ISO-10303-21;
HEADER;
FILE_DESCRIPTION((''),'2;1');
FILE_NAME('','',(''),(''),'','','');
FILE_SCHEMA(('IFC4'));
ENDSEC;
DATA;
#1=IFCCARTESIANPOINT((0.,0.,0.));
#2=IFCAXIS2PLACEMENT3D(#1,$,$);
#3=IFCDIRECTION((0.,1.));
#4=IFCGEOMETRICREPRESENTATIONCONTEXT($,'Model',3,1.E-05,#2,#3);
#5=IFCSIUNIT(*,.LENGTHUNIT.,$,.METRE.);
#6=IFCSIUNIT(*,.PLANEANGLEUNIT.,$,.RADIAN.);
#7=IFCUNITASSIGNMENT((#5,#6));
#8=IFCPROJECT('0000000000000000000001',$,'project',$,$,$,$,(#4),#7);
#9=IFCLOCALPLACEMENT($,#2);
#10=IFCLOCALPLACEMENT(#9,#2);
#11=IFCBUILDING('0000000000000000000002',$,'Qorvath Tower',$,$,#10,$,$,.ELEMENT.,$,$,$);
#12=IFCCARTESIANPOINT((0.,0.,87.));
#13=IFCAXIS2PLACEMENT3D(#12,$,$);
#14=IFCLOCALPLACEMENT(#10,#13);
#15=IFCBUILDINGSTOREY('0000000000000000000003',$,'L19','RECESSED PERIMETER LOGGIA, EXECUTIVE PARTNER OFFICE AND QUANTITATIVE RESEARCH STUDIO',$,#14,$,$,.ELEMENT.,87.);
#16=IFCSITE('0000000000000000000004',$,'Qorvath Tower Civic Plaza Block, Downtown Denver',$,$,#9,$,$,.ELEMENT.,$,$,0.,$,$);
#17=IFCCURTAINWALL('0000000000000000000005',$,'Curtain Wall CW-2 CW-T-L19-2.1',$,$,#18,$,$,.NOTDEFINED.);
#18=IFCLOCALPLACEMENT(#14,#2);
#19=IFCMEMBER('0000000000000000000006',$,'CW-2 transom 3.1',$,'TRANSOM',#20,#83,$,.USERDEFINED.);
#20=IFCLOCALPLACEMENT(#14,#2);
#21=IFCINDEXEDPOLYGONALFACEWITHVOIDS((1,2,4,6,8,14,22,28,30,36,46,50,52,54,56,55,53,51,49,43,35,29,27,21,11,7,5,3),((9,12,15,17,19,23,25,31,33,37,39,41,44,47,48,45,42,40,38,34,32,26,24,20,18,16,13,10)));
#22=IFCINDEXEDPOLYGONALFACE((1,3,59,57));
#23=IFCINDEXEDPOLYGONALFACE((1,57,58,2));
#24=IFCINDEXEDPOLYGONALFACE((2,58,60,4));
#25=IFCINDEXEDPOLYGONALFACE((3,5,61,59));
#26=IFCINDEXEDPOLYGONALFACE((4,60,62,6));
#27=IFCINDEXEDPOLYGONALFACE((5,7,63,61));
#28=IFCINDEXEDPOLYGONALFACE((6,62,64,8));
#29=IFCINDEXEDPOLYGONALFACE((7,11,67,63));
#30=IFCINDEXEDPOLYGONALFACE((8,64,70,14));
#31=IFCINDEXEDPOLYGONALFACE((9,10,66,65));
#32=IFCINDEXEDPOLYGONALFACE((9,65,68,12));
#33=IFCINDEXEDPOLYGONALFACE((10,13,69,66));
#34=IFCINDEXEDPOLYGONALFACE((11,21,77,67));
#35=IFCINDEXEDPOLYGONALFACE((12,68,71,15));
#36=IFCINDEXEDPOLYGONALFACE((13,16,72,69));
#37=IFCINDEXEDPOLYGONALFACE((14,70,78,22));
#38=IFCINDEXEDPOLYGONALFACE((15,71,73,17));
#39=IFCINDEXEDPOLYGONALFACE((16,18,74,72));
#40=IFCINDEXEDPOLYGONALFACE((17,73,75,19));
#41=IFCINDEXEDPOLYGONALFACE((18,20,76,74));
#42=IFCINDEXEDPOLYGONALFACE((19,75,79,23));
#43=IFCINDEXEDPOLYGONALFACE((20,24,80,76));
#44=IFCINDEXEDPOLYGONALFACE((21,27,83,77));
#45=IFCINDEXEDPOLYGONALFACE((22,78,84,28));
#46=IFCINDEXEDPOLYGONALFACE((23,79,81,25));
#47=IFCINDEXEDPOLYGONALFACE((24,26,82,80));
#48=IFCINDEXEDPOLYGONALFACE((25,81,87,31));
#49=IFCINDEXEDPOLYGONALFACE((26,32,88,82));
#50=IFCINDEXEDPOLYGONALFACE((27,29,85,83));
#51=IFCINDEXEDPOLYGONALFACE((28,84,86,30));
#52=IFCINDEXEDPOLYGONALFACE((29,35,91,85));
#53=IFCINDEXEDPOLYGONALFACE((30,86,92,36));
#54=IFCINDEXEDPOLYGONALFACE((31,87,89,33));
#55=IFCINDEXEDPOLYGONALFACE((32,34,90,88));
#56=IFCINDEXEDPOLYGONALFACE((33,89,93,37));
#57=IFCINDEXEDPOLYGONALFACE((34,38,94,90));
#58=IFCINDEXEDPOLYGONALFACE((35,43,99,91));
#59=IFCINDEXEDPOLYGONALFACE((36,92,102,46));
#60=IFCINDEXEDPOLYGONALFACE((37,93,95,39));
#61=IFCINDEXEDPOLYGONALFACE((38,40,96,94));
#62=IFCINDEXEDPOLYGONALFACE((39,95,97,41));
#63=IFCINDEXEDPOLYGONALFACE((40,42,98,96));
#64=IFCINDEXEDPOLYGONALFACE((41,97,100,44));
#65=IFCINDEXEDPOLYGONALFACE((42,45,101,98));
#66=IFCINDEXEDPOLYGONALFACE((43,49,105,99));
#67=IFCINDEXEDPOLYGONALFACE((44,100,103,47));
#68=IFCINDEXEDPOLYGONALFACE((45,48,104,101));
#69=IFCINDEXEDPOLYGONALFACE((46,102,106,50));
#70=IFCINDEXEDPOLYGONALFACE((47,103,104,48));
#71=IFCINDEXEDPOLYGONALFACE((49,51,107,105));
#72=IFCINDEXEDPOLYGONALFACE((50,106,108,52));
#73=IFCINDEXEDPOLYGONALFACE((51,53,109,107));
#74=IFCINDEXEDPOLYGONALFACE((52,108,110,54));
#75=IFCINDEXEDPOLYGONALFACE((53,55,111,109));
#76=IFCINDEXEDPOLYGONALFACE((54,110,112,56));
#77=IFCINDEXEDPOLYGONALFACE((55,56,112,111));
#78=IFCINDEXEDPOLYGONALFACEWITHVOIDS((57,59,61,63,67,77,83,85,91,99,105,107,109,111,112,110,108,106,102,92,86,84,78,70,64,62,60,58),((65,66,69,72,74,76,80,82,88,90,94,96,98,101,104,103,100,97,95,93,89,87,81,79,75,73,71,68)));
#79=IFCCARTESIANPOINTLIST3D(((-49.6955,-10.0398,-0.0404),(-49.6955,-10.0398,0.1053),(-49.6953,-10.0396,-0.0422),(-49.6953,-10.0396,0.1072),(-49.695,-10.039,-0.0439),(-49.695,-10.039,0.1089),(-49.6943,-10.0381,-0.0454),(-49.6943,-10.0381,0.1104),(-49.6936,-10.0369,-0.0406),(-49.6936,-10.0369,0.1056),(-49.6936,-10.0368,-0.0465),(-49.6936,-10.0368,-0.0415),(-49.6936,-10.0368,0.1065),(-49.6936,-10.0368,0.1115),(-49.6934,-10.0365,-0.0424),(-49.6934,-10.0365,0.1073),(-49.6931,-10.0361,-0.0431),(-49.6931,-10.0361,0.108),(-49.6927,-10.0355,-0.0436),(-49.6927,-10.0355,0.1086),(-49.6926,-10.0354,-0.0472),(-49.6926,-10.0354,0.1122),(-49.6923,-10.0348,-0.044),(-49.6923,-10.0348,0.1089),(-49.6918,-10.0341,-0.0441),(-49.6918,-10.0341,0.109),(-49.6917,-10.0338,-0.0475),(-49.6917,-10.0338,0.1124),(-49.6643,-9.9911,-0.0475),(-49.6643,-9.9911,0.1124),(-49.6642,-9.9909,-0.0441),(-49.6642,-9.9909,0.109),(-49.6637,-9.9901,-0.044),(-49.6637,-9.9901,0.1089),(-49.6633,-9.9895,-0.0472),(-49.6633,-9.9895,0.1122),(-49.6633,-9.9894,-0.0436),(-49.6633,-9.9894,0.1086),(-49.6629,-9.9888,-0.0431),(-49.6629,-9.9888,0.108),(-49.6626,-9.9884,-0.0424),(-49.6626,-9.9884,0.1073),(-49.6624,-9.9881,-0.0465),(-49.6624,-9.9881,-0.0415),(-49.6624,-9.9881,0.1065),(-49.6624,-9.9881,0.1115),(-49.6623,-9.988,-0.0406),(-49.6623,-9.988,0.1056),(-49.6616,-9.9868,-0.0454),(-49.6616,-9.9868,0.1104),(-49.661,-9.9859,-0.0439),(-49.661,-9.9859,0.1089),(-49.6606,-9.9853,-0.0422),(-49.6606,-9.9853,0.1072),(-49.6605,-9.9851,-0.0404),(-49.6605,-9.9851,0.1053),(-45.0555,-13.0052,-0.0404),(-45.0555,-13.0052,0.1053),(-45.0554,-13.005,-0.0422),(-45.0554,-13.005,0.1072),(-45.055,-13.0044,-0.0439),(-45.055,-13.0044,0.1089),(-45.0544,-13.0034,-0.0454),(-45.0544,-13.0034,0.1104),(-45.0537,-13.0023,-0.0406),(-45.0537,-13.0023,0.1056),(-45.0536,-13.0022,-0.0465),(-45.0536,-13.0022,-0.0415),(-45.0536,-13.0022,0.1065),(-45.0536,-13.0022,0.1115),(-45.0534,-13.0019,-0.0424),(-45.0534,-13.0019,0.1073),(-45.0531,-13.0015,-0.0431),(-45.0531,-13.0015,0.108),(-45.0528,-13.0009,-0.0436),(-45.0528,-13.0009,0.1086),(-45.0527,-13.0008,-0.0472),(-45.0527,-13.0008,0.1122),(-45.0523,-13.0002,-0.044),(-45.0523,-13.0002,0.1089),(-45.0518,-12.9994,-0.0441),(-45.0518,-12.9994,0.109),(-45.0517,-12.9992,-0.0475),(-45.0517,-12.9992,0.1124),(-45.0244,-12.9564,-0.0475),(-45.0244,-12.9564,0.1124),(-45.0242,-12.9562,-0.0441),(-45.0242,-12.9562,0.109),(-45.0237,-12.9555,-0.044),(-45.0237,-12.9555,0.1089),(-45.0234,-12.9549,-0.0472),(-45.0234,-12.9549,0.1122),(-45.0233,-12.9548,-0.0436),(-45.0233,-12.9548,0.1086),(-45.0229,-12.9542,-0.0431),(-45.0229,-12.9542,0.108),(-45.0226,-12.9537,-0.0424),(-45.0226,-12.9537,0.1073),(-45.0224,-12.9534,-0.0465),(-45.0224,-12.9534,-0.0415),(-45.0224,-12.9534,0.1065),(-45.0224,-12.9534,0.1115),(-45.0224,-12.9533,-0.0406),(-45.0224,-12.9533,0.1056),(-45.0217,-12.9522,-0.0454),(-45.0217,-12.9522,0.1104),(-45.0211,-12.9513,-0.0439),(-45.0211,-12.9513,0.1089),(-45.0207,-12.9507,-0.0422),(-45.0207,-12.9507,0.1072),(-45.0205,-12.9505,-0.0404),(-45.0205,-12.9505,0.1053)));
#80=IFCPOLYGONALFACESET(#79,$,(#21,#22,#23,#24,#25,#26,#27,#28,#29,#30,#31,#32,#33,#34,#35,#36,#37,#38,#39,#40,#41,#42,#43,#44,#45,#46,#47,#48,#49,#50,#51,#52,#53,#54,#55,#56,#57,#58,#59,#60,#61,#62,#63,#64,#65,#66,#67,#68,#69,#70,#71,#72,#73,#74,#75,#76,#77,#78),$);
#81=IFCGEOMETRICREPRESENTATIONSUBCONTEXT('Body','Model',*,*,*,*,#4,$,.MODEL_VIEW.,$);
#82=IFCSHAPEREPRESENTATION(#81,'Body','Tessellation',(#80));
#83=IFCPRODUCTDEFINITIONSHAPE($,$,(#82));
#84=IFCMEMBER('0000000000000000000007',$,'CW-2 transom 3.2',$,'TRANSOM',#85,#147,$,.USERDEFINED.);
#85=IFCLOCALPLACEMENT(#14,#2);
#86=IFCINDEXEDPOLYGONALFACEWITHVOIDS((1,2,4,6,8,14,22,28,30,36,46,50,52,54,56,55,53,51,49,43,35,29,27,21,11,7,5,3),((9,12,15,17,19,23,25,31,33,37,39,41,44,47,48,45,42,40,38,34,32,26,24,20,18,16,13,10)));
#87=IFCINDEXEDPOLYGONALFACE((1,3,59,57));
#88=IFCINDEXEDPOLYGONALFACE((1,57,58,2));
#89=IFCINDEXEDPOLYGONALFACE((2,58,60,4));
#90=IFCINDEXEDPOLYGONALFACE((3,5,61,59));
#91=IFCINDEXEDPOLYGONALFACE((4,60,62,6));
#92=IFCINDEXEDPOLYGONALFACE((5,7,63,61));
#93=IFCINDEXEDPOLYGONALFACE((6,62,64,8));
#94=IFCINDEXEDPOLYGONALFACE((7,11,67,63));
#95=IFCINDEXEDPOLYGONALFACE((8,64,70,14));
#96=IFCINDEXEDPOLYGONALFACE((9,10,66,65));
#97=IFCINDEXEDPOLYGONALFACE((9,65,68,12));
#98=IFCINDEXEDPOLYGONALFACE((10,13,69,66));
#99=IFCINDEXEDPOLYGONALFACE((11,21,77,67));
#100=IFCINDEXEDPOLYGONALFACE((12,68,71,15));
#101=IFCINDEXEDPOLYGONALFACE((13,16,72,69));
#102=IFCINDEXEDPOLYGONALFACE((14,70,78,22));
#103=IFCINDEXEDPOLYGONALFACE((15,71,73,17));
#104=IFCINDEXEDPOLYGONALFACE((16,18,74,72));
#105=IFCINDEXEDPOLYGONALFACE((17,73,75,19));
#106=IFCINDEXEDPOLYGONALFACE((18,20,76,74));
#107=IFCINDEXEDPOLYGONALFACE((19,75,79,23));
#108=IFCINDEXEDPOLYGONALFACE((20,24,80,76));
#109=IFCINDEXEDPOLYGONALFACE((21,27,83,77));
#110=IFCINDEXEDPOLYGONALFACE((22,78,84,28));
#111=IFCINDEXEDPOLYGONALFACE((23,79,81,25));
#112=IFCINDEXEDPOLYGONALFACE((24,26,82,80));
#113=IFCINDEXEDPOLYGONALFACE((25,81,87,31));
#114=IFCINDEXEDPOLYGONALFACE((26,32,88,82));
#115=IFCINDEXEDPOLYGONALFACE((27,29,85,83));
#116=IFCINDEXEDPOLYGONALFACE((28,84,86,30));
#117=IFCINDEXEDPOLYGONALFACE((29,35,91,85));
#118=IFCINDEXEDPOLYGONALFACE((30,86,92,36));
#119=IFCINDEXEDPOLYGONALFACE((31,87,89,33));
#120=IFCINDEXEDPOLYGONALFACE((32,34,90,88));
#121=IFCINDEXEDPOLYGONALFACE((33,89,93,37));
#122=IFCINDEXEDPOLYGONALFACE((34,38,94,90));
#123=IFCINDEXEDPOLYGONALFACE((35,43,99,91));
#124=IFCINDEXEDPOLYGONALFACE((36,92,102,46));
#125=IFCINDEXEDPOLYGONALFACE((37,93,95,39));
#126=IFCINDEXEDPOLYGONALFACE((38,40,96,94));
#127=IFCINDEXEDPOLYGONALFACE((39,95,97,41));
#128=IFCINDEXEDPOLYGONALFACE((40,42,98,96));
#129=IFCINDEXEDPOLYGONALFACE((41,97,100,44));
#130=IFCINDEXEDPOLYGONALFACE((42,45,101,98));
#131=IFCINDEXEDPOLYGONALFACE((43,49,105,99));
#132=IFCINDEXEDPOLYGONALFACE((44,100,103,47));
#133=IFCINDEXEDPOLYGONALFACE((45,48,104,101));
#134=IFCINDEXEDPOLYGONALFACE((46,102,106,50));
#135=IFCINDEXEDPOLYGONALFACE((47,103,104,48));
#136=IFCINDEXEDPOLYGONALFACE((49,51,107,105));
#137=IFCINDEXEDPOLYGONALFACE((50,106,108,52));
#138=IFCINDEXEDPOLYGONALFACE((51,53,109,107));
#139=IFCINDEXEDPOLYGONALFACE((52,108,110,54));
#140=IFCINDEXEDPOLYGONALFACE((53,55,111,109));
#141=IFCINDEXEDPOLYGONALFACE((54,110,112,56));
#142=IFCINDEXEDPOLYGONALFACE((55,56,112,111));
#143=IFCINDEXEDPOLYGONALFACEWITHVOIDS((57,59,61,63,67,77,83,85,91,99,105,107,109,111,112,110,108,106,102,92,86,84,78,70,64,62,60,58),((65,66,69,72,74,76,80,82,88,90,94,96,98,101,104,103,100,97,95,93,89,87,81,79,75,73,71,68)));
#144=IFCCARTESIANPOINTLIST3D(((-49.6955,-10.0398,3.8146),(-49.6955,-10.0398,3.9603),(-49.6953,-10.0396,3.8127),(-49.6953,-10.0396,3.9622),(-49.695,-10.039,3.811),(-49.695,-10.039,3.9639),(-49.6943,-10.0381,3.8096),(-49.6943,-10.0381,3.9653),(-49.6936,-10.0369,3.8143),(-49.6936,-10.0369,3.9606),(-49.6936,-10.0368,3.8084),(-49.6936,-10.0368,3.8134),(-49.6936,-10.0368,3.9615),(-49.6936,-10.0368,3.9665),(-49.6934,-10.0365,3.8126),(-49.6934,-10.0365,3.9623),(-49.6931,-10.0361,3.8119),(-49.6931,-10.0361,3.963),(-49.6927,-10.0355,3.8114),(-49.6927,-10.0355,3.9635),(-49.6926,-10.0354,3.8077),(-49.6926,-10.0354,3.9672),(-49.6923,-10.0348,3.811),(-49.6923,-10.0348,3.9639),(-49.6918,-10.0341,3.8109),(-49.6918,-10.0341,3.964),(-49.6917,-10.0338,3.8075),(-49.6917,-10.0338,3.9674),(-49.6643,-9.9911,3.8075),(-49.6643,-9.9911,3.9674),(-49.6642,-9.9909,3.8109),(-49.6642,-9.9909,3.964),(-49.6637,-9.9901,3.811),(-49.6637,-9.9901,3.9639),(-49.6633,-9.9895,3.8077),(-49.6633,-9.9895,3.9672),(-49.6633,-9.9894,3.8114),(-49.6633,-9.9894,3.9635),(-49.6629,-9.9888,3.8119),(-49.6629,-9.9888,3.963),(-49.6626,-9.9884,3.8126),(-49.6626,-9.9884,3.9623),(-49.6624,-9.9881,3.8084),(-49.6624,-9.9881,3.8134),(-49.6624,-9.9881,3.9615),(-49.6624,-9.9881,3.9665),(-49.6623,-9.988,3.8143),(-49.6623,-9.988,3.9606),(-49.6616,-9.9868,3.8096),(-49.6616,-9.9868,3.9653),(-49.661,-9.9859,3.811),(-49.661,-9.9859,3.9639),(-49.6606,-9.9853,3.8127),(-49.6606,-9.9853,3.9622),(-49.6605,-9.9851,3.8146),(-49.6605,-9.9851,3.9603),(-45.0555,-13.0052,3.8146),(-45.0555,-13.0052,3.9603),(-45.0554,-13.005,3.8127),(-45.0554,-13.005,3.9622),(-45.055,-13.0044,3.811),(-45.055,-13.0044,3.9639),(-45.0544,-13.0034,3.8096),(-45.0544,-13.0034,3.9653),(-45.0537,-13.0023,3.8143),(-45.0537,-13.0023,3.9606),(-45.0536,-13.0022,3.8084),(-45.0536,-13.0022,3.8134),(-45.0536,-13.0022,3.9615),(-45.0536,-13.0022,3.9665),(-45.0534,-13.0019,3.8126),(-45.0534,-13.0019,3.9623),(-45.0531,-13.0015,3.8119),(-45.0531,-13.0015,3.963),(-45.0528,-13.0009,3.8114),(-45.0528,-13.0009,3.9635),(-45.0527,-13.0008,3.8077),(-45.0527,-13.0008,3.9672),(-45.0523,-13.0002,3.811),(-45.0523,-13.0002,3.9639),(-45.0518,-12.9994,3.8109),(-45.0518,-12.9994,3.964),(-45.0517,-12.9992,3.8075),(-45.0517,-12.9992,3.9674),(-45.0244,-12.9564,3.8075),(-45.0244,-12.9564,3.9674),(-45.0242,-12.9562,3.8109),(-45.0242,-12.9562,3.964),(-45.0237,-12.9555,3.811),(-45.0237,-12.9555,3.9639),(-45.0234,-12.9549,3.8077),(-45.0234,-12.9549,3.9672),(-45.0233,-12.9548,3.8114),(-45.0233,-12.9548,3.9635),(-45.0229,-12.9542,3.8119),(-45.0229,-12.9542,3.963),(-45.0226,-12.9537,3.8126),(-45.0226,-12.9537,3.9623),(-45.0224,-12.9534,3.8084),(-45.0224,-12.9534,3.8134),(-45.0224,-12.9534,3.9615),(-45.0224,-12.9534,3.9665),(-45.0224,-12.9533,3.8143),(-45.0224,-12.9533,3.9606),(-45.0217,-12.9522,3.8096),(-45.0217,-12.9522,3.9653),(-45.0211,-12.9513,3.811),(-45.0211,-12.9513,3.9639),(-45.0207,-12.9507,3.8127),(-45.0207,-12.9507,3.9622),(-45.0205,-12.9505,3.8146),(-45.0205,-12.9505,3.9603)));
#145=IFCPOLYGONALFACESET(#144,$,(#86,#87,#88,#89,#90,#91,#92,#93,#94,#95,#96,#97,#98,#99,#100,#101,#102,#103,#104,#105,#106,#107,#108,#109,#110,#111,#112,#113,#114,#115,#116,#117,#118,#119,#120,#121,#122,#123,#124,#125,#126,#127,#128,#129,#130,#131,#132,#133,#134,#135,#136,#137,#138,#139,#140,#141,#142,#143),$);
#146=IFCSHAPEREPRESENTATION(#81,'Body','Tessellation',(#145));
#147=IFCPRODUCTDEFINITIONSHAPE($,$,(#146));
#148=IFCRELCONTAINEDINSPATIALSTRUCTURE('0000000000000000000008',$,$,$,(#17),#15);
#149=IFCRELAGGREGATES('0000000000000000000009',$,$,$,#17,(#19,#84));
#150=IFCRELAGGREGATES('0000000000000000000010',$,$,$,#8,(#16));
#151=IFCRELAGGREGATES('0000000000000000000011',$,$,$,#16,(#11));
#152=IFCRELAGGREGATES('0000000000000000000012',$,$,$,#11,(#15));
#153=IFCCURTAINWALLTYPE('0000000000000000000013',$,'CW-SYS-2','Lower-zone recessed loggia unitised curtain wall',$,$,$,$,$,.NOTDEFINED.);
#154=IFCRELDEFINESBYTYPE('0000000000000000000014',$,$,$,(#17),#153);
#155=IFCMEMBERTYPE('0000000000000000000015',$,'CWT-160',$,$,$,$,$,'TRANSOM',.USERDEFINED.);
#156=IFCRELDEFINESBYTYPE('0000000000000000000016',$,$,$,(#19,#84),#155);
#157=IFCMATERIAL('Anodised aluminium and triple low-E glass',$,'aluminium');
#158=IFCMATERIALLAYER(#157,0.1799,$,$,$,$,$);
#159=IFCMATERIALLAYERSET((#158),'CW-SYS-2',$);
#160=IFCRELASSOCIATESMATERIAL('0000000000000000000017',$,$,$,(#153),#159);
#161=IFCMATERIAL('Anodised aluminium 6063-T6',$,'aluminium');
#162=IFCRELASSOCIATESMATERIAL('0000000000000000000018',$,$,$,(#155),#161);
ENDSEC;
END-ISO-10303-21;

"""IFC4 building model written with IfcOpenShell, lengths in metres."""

from ifc_helpers import new_model, si_unit, direction, frame, origin, origin_2d, place, context, subcontext, project, spatial, hollow_rectangle, extrude, material, layer, layer_set, material_profile, profile_set, type_object, element, aggregate, save


model = new_model("IFC4")

# Units and contexts
model_context = context("Model", 3, precision=1e-05, world=origin(), true_north=direction((0.0, 1.0)))
body_context = subcontext(model_context, "Body", "Model", "MODEL_VIEW")
ifc_project = project(units=[si_unit("LENGTHUNIT", "METRE"), si_unit("PLANEANGLEUNIT", "RADIAN")], contexts=[model_context])

# Site, building, storey
site_placement = place(None, origin())
site = spatial("IfcSite", under=ifc_project, at=site_placement, Name="Qorvath Tower Civic Plaza Block, Downtown Denver", CompositionType="ELEMENT", RefElevation=0.0)
building_placement = place(site_placement, origin())
building = spatial("IfcBuilding", under=site, at=building_placement, Name="Qorvath Tower", CompositionType="ELEMENT")
storey_placement = place(building_placement, frame((0.0, 0.0, 87.0)))
storey = spatial("IfcBuildingStorey", under=building, at=storey_placement, Name="L19", Description="RECESSED PERIMETER LOGGIA, EXECUTIVE PARTNER OFFICE AND QUANTITATIVE RESEARCH STUDIO", CompositionType="ELEMENT", Elevation=87.0)

# Curtain wall, members
ifc_material_1 = material(Name="Anodised aluminium and triple low-E glass", Category="aluminium")
ifc_layer_1 = layer(ifc_material_1, 0.1799)
ifc_layer_set_1 = layer_set([ifc_layer_1], Name="CW-SYS-2")
curtain_wall_type = type_object("IfcCurtainWallType", Name="CW-SYS-2", Description="Lower-zone recessed loggia unitised curtain wall", PredefinedType="NOTDEFINED", material=ifc_layer_set_1)
curtain_wall_placement = place(storey_placement, origin())
curtain_wall = element("IfcCurtainWall", 1, at=curtain_wall_placement, inside=storey, type_object=curtain_wall_type, Name="Curtain Wall CW-2 CW-T-L19-2.1", PredefinedType="NOTDEFINED")
ifc_material_2 = material(Name="Anodised aluminium 6063-T6", Category="aluminium")
ifc_material_profile_1 = material_profile(ifc_material_2, hollow_rectangle(XDim=0.0649, YDim=0.1599, WallThickness=0.0034, InnerFilletRadius=0.0034, OuterFilletRadius=0.0071, at=origin_2d()), Name="CWT 160x65")
ifc_profile_set_1 = profile_set([ifc_material_profile_1], Name="Anodised aluminium 6063-T6")
member_type_1 = type_object("IfcMemberType", Name="CWT-160", ElementType="TRANSOM", PredefinedType="USERDEFINED", material=ifc_profile_set_1)
member_1_placement = place(storey_placement, frame((-49.678, -10.0125, 0.0325), z_axis=(0.842617, -0.538513, 0.0), x_axis=(0.538513, 0.842617, 0.0)))
member_1 = element("IfcMember", 2, at=member_1_placement, type_object=member_type_1, Name="CW-2 transom 3.1", ObjectType="TRANSOM", PredefinedType="USERDEFINED", context=body_context, shape_type="SweptSolid", body=[
    extrude(hollow_rectangle(XDim=0.0649, YDim=0.1599, WallThickness=0.0034, InnerFilletRadius=0.0034, OuterFilletRadius=0.0071, at=origin_2d()), origin(), (0.0, 0.0, 1.0), 5.5066),
])
member_2_placement = place(storey_placement, frame((-49.678, -10.0125, 3.8875), z_axis=(0.842617, -0.538513, 0.0), x_axis=(0.538513, 0.842617, 0.0)))
member_2 = element("IfcMember", 3, at=member_2_placement, type_object=member_type_1, Name="CW-2 transom 3.2", ObjectType="TRANSOM", PredefinedType="USERDEFINED", context=body_context, shape_type="SweptSolid", body=[
    extrude(hollow_rectangle(XDim=0.0649, YDim=0.1599, WallThickness=0.0034, InnerFilletRadius=0.0034, OuterFilletRadius=0.0071, at=origin_2d()), origin(), (0.0, 0.0, 1.0), 5.5066),
])
aggregate(curtain_wall, [member_1, member_2])

save(model, "model.ifc")
